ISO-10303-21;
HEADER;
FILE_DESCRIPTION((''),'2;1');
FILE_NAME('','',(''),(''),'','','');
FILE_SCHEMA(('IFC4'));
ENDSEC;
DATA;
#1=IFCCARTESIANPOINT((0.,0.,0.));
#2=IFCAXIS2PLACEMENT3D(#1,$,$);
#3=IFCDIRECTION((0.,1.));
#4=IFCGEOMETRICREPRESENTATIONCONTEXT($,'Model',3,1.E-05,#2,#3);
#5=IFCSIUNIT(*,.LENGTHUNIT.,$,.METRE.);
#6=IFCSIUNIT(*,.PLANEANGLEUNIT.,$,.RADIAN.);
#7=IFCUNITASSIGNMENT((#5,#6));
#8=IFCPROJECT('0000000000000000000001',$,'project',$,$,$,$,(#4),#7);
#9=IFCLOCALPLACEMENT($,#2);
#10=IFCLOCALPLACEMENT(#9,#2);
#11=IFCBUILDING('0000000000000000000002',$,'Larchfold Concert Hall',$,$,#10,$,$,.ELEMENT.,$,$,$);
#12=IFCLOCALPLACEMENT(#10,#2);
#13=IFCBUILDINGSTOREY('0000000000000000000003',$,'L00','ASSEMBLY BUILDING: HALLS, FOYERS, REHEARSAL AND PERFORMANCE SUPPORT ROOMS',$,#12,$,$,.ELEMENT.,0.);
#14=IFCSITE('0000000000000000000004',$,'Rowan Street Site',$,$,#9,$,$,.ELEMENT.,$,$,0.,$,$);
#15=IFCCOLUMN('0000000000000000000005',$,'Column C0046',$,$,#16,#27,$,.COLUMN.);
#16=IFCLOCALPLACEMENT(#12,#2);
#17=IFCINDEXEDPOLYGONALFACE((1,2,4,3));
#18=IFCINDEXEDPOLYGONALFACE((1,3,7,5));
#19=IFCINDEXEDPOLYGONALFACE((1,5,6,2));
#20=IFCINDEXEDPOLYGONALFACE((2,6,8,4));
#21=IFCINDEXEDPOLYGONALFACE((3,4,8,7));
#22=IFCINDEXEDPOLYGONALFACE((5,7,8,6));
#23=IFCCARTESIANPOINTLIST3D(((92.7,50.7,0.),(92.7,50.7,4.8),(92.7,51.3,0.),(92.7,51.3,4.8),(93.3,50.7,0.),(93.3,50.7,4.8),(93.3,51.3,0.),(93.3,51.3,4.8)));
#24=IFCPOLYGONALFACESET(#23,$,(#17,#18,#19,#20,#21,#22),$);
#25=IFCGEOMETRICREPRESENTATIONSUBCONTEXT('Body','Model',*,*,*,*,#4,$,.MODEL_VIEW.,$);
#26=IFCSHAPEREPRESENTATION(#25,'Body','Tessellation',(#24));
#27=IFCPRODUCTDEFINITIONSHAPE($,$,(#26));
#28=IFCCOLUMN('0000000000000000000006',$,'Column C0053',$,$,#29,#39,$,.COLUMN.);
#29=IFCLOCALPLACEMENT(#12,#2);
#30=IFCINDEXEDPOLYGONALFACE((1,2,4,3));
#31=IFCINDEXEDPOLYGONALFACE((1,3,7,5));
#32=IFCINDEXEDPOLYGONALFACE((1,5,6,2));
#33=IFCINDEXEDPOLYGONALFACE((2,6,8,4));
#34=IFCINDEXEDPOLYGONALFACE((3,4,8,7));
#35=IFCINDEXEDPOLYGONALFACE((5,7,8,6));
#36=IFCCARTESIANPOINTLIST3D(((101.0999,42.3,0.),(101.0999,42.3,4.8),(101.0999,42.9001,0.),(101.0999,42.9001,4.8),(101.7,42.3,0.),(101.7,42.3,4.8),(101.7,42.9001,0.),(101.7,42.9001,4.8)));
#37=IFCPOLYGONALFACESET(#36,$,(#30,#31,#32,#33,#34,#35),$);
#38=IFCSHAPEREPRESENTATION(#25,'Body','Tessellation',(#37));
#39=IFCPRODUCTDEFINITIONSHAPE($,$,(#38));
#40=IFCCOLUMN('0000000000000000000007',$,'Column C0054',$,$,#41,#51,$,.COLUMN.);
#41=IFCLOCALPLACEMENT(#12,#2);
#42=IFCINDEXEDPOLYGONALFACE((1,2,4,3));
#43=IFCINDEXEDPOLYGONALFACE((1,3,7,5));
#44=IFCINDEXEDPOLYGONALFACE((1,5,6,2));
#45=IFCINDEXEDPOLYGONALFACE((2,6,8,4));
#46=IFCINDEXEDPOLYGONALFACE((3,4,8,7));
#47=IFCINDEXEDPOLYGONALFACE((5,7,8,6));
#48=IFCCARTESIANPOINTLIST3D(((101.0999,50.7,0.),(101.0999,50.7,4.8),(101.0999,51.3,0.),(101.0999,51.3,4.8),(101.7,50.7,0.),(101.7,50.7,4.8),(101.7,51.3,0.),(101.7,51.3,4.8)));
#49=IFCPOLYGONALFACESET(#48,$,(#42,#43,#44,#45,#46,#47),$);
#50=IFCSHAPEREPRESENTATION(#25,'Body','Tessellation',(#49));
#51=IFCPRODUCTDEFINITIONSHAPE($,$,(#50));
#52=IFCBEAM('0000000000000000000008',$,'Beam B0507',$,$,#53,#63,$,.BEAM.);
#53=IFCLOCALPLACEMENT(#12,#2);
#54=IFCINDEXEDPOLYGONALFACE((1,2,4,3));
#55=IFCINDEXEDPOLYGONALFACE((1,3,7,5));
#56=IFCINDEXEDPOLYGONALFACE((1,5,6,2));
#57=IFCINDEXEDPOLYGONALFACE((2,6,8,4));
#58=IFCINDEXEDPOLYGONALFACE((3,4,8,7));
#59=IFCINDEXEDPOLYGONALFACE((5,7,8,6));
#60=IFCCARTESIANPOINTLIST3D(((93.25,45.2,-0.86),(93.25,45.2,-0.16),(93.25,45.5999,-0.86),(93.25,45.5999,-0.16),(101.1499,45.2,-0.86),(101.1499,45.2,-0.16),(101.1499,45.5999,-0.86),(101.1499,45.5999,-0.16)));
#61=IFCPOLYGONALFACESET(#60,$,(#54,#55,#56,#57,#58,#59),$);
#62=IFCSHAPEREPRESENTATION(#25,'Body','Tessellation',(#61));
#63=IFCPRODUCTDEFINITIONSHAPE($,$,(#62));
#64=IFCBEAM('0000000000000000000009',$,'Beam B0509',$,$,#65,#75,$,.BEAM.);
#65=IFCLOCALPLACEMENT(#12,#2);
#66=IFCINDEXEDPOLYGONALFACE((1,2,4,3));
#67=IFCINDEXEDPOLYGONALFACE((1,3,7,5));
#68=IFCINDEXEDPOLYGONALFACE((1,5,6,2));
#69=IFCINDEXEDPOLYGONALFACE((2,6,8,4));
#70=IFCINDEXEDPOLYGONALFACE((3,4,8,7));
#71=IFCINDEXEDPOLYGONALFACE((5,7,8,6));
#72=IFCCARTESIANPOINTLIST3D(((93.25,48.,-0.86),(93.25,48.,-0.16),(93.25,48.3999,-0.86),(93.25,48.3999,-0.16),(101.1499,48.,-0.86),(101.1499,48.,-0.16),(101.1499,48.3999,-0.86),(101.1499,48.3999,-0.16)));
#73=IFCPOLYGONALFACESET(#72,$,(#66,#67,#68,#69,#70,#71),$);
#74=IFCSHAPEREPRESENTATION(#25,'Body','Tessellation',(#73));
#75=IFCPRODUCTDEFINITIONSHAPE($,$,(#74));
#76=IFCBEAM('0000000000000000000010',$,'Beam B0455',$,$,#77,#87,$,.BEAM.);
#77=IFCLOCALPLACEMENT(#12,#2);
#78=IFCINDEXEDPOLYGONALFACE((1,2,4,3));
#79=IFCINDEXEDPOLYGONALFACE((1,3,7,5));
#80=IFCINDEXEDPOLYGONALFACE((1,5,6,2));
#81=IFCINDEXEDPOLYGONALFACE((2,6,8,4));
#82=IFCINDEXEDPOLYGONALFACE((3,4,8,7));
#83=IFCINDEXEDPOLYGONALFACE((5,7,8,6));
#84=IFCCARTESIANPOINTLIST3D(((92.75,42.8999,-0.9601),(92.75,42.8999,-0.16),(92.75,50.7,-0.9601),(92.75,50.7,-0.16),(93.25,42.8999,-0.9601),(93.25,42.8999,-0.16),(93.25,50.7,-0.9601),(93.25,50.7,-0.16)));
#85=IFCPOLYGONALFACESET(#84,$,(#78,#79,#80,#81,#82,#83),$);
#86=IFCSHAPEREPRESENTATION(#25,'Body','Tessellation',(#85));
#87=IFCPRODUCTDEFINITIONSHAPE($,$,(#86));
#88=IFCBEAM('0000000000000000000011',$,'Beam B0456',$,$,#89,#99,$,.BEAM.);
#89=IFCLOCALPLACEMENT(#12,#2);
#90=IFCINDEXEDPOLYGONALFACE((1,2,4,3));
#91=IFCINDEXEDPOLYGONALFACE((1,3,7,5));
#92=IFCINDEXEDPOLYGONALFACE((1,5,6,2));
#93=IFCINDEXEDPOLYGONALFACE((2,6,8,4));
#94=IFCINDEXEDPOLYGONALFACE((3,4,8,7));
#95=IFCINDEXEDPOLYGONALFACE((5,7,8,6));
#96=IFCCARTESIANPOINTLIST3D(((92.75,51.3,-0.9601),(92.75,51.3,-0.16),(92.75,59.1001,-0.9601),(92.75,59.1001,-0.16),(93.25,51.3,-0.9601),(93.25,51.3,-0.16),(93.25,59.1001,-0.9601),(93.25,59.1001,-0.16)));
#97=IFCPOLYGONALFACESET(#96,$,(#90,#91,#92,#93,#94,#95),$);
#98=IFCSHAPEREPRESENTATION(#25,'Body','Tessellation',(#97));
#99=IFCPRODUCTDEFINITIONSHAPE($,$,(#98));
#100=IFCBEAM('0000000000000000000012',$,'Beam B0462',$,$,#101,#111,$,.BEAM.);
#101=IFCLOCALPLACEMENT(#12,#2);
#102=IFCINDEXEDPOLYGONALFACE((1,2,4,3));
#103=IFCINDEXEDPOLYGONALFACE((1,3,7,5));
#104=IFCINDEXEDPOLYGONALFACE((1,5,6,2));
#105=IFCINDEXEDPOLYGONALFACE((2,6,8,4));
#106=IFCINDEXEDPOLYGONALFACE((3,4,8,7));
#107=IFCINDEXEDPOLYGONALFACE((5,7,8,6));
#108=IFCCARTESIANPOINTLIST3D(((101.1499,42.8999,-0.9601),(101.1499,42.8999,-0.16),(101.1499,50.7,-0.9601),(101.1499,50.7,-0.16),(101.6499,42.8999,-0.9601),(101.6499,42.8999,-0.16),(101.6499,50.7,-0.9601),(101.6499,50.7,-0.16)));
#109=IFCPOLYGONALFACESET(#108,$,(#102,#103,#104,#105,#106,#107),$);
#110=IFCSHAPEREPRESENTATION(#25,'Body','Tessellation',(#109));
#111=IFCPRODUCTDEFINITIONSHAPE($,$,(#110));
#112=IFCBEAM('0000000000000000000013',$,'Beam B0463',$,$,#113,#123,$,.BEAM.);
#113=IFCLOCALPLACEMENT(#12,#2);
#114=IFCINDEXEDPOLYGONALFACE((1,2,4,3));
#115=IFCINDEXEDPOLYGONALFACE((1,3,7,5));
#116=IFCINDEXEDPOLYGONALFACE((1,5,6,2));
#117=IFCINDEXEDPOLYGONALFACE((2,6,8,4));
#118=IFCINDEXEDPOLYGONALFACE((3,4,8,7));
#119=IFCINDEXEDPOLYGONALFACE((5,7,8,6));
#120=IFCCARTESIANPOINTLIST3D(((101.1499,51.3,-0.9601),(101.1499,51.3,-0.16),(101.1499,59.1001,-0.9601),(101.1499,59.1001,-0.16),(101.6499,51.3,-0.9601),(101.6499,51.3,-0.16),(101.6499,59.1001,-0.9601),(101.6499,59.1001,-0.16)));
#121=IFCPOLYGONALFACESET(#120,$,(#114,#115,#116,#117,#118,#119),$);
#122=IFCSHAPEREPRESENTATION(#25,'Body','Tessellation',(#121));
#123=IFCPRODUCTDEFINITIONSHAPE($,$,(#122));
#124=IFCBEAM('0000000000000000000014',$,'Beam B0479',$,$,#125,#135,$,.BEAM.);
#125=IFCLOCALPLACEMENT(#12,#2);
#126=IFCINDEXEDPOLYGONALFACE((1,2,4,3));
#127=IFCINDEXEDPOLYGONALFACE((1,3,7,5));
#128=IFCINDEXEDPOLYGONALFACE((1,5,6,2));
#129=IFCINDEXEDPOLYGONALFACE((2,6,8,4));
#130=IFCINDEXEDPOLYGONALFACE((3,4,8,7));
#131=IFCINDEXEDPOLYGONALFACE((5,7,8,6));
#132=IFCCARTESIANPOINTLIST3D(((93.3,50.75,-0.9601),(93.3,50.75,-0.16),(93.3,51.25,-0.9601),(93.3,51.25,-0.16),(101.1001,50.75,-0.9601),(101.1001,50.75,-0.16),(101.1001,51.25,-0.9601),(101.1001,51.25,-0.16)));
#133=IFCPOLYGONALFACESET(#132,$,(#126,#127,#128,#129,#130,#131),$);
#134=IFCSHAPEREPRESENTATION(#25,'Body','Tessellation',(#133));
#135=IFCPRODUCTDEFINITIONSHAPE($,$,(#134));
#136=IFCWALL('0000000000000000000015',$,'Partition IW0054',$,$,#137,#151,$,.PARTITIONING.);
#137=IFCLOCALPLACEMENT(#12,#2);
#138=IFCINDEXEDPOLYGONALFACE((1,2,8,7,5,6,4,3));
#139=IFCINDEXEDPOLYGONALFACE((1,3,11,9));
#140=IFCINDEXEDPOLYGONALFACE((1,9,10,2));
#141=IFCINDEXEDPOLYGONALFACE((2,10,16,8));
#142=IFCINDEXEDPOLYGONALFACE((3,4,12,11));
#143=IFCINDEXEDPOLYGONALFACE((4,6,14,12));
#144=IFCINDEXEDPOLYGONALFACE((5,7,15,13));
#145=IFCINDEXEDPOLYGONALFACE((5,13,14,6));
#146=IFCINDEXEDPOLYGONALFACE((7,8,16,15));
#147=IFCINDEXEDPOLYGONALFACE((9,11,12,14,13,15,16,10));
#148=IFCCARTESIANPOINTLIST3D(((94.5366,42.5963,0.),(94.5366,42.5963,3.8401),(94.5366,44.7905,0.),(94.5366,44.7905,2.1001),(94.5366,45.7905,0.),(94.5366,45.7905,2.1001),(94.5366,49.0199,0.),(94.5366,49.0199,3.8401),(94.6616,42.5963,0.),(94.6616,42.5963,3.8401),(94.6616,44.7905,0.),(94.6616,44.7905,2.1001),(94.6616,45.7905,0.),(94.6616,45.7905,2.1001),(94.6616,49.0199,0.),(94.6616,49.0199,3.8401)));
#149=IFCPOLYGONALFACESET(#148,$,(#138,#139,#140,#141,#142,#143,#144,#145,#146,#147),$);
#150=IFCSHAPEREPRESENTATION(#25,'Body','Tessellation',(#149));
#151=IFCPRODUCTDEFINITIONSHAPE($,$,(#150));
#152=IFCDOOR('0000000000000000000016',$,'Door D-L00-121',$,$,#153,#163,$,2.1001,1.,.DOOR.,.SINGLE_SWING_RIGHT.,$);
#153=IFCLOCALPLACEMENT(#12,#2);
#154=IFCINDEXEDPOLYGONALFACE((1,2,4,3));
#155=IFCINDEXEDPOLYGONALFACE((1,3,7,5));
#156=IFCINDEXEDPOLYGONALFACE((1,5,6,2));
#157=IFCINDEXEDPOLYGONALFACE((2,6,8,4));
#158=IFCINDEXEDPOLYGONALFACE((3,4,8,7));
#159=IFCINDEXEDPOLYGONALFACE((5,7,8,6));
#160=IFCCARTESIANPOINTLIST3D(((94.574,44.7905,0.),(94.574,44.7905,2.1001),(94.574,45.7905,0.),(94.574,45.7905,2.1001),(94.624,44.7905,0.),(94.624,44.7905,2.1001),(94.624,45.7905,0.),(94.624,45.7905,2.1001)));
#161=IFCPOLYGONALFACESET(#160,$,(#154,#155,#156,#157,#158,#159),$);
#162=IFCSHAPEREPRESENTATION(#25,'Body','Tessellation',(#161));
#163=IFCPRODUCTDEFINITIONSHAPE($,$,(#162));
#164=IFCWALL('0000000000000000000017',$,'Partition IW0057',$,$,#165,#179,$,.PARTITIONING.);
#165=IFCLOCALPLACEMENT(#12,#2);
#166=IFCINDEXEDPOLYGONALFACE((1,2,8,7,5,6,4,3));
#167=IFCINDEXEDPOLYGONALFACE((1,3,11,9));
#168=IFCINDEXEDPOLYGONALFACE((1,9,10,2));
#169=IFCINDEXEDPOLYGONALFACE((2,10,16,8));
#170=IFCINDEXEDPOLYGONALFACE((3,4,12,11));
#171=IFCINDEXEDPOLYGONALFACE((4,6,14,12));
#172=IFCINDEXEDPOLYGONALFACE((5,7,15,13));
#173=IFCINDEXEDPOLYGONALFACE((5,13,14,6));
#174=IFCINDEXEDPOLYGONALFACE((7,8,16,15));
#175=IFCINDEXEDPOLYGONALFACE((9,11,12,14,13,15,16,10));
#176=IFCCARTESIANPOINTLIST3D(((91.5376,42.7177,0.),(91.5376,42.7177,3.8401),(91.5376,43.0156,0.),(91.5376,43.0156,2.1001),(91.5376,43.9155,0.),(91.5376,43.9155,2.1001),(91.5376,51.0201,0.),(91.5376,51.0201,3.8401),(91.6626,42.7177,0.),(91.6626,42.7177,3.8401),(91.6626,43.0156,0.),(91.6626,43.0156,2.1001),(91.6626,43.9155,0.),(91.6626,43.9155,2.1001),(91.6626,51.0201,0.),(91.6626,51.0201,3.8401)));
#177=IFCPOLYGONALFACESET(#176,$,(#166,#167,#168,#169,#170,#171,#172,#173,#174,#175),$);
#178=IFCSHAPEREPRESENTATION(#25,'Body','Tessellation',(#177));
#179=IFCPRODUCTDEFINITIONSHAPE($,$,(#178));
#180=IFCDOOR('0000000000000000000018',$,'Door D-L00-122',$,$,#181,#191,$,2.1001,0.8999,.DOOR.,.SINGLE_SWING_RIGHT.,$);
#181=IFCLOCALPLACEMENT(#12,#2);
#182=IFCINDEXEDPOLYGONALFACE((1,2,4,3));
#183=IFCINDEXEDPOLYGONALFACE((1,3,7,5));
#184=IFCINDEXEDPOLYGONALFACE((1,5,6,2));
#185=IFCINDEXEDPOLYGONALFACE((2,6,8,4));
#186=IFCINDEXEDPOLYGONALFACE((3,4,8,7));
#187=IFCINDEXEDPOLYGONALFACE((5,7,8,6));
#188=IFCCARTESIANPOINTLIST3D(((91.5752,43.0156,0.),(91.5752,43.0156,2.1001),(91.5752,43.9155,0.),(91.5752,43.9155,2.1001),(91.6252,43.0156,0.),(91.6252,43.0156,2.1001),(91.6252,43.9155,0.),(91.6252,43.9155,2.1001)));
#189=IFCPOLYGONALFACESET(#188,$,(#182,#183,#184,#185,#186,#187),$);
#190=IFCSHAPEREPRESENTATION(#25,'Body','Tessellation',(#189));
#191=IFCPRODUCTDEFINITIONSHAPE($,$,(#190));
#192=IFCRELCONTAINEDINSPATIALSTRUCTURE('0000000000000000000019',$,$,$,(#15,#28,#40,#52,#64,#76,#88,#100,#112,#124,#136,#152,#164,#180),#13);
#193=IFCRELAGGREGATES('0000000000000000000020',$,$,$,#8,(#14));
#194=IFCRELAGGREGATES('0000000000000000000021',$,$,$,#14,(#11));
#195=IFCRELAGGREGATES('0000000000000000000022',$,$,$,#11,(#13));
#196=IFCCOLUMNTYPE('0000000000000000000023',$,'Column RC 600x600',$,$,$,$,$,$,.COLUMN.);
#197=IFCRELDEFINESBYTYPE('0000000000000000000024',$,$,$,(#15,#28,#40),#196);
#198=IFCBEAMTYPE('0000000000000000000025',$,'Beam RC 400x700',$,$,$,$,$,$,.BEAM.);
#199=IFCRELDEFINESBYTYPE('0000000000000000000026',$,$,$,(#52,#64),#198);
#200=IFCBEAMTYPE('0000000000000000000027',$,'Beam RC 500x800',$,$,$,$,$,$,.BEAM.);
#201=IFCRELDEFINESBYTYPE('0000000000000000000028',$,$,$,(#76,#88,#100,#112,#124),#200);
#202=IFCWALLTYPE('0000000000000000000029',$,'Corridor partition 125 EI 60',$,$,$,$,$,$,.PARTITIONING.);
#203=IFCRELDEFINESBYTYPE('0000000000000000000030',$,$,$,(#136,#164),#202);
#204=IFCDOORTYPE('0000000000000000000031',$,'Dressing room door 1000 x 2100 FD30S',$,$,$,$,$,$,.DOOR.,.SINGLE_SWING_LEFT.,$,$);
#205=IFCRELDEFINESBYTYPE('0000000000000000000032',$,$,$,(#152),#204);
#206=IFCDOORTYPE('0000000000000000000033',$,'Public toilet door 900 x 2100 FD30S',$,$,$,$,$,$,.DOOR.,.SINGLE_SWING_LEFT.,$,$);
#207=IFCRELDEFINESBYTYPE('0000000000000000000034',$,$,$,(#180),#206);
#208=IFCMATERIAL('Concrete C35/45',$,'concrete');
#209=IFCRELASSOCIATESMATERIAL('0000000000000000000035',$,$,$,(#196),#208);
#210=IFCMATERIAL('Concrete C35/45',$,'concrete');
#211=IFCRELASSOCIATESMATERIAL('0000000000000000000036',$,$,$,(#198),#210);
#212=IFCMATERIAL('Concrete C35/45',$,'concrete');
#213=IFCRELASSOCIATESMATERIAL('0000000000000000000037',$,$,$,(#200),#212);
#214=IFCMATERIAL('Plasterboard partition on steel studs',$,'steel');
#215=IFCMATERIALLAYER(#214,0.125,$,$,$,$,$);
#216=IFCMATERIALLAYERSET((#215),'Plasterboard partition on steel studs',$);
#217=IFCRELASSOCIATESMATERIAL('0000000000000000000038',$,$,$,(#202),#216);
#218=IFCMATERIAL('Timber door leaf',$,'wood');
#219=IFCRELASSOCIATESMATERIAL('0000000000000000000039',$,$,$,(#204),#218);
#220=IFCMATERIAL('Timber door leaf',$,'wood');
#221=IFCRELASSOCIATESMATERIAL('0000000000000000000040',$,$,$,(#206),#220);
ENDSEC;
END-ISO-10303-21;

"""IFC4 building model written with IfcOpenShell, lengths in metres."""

from ifc_helpers import new_model, si_unit, direction, frame, frame_2d, origin, origin_2d, place, context, subcontext, project, spatial, rectangle, extrude, material, layer, layer_set, material_profile, profile_set, type_object, element, fill, save


model = new_model("IFC4")

# Units and contexts
model_context = context("Model", 3, precision=1e-05, world=origin(), true_north=direction((0.0, 1.0)))
body_context = subcontext(model_context, "Body", "Model", "MODEL_VIEW")
ifc_project = project(units=[si_unit("LENGTHUNIT", "METRE"), si_unit("PLANEANGLEUNIT", "RADIAN")], contexts=[model_context])

# Site, building, storey
site_placement = place(None, origin())
site = spatial("IfcSite", under=ifc_project, at=site_placement, Name="Rowan Street Site", CompositionType="ELEMENT", RefElevation=0.0)
building_placement = place(site_placement, origin())
building = spatial("IfcBuilding", under=site, at=building_placement, Name="Larchfold Concert Hall", CompositionType="ELEMENT")
storey_placement = place(building_placement, origin())
storey = spatial("IfcBuildingStorey", under=building, at=storey_placement, Name="L00", Description="ASSEMBLY BUILDING: HALLS, FOYERS, REHEARSAL AND PERFORMANCE SUPPORT ROOMS", CompositionType="ELEMENT", Elevation=0.0)

# Columns
ifc_material_1 = material(Name="Concrete C35/45", Category="concrete")
ifc_material_profile_1 = material_profile(ifc_material_1, rectangle(XDim=0.6001, YDim=0.6001, at=origin_2d()))
ifc_profile_set_1 = profile_set([ifc_material_profile_1], Name="Concrete C35/45")
column_type = type_object("IfcColumnType", Name="Column RC 600x600", PredefinedType="COLUMN", material=ifc_profile_set_1)
for number, where, z_axis, x_axis, name in (
    (1, (93.0, 51.0, 0.0), (0.0, 0.0, 1.0), (1.0, 0.0, 0.0), "Column C0046"),
    (2, (101.3999, 42.6001, 0.0), (0.0, 0.0, 1.0), (1.0, 0.0, 0.0), "Column C0053"),
    (3, (101.3999, 51.0, 0.0), (0.0, 0.0, 1.0), (1.0, 0.0, 0.0), "Column C0054"),
):
    element("IfcColumn", number, at=place(storey_placement, frame(where, z_axis=z_axis, x_axis=x_axis)), inside=storey, type_object=column_type, Name=name, PredefinedType="COLUMN", context=body_context, shape_type="SweptSolid", body=[
        extrude(rectangle(XDim=0.6001, YDim=0.6001, at=origin_2d()), origin(), (0.0, 0.0, 1.0), 4.8),
    ])

# Beams
ifc_material_2 = material(Name="Concrete C35/45", Category="concrete")
ifc_material_profile_2 = material_profile(ifc_material_2, rectangle(XDim=0.3999, YDim=0.7, at=origin_2d()))
ifc_profile_set_2 = profile_set([ifc_material_profile_2], Name="Concrete C35/45")
beam_type_1 = type_object("IfcBeamType", Name="Beam RC 400x700", PredefinedType="BEAM", material=ifc_profile_set_2)
for number, where, z_axis, x_axis, name in (
    (4, (93.25, 45.3999, -0.51), (1.0, 0.0, 0.0), (0.0, 1.0, 0.0), "Beam B0507"),
    (5, (93.25, 48.2, -0.51), (1.0, 0.0, 0.0), (0.0, 1.0, 0.0), "Beam B0509"),
):
    element("IfcBeam", number, at=place(storey_placement, frame(where, z_axis=z_axis, x_axis=x_axis)), inside=storey, type_object=beam_type_1, Name=name, PredefinedType="BEAM", context=body_context, shape_type="SweptSolid", body=[
        extrude(rectangle(XDim=0.3999, YDim=0.7, at=origin_2d()), origin(), (0.0, 0.0, 1.0), 7.8999),
    ])
ifc_material_3 = material(Name="Concrete C35/45", Category="concrete")
ifc_material_profile_3 = material_profile(ifc_material_3, rectangle(XDim=0.5, YDim=0.8, at=origin_2d()))
ifc_profile_set_3 = profile_set([ifc_material_profile_3], Name="Concrete C35/45")
beam_type_2 = type_object("IfcBeamType", Name="Beam RC 500x800", PredefinedType="BEAM", material=ifc_profile_set_3)
for number, where, z_axis, x_axis, name in (
    (6, (93.0, 42.8999, -0.5601), (0.0, 1.0, 0.0), (-1.0, 0.0, 0.0), "Beam B0455"),
    (7, (93.0, 51.3, -0.5601), (0.0, 1.0, 0.0), (-1.0, 0.0, 0.0), "Beam B0456"),
    (8, (101.3999, 42.8999, -0.5601), (0.0, 1.0, 0.0), (-1.0, 0.0, 0.0), "Beam B0462"),
    (9, (101.3999, 51.3, -0.5601), (0.0, 1.0, 0.0), (-1.0, 0.0, 0.0), "Beam B0463"),
    (10, (93.3, 51.0, -0.5601), (1.0, 0.0, 0.0), (0.0, 1.0, 0.0), "Beam B0479"),
):
    element("IfcBeam", number, at=place(storey_placement, frame(where, z_axis=z_axis, x_axis=x_axis)), inside=storey, type_object=beam_type_2, Name=name, PredefinedType="BEAM", context=body_context, shape_type="SweptSolid", body=[
        extrude(rectangle(XDim=0.5, YDim=0.8, at=origin_2d()), origin(), (0.0, 0.0, 1.0), 7.8),
    ])

# Walls, openings, doors
ifc_material_4 = material(Name="Plasterboard partition on steel studs", Category="steel")
ifc_layer_1 = layer(ifc_material_4, 0.125)
ifc_layer_set_1 = layer_set([ifc_layer_1], Name="Plasterboard partition on steel studs")
wall_type_1 = type_object("IfcWallType", Name="Corridor partition 125 EI 60", PredefinedType="PARTITIONING", material=ifc_layer_set_1)
wall_1_placement = place(storey_placement, frame((94.5991, 49.02, 0.0), z_axis=(0.0, 0.0, 1.0), x_axis=(0.0, -1.0, 0.0)))
wall_1 = element("IfcWall", 11, at=wall_1_placement, inside=storey, type_object=wall_type_1, Name="Partition IW0054", PredefinedType="PARTITIONING", context=body_context, shape_type="SweptSolid", body=[
    extrude(rectangle(XDim=6.4236, YDim=0.125, at=frame_2d((3.2119, 0.0))), origin(), (0.0, 0.0, 1.0), 3.8401),
])
opening_1_placement = place(wall_1_placement, frame((3.2295, 0.0, 0.0)))
opening_1 = element("IfcOpeningElement", 12, at=opening_1_placement, cuts=wall_1, PredefinedType="OPENING", context=body_context, shape_type="SweptSolid", body=[
    extrude(rectangle(XDim=1.0, YDim=2.1001, at=frame_2d((0.5, 1.05))), frame((0.0, 0.0725, 0.0), z_axis=(0.0, -1.0, 0.0), x_axis=(1.0, 0.0, 0.0)), (0.0, 0.0, 1.0), 0.145),
])
ifc_material_5 = material(Name="Timber door leaf", Category="wood")
door_type_1 = type_object("IfcDoorType", Name="Dressing room door 1000 x 2100 FD30S", OperationType="SINGLE_SWING_LEFT", PredefinedType="DOOR", material=ifc_material_5)
door_1_placement = place(opening_1_placement, origin())
door_1 = element("IfcDoor", 13, at=door_1_placement, inside=storey, type_object=door_type_1, Name="Door D-L00-121", OperationType="SINGLE_SWING_RIGHT", OverallHeight=2.1001, OverallWidth=1.0, PredefinedType="DOOR", context=body_context, shape_type="SweptSolid", body=[
    extrude(rectangle(XDim=1.0, YDim=2.1001, at=frame_2d((0.5, 1.05))), frame((0.0, 0.0249, 0.0), z_axis=(0.0, -1.0, 0.0), x_axis=(1.0, 0.0, 0.0)), (0.0, 0.0, 1.0), 0.05),
])
fill(opening_1, door_1)
wall_2_placement = place(storey_placement, frame((91.6001, 42.7175, 0.0), z_axis=(0.0, 0.0, 1.0), x_axis=(0.0, 1.0, 0.0)))
wall_2 = element("IfcWall", 14, at=wall_2_placement, inside=storey, type_object=wall_type_1, Name="Partition IW0057", PredefinedType="PARTITIONING", context=body_context, shape_type="SweptSolid", body=[
    extrude(rectangle(XDim=8.3025, YDim=0.125, at=frame_2d((4.1514, 0.0))), origin(), (0.0, 0.0, 1.0), 3.8401),
])
opening_2_placement = place(wall_2_placement, frame((0.2981, 0.0, 0.0)))
opening_2 = element("IfcOpeningElement", 15, at=opening_2_placement, cuts=wall_2, PredefinedType="OPENING", context=body_context, shape_type="SweptSolid", body=[
    extrude(rectangle(XDim=0.8999, YDim=2.1001, at=frame_2d((0.45, 1.05))), frame((0.0, 0.0725, 0.0), z_axis=(0.0, -1.0, 0.0), x_axis=(1.0, 0.0, 0.0)), (0.0, 0.0, 1.0), 0.145),
])
ifc_material_6 = material(Name="Timber door leaf", Category="wood")
door_type_2 = type_object("IfcDoorType", Name="Public toilet door 900 x 2100 FD30S", OperationType="SINGLE_SWING_LEFT", PredefinedType="DOOR", material=ifc_material_6)
door_2_placement = place(opening_2_placement, origin())
door_2 = element("IfcDoor", 16, at=door_2_placement, inside=storey, type_object=door_type_2, Name="Door D-L00-122", OperationType="SINGLE_SWING_RIGHT", OverallHeight=2.1001, OverallWidth=0.8999, PredefinedType="DOOR", context=body_context, shape_type="SweptSolid", body=[
    extrude(rectangle(XDim=0.8999, YDim=2.1001, at=frame_2d((0.45, 1.05))), frame((0.0, 0.0249, 0.0), z_axis=(0.0, -1.0, 0.0), x_axis=(1.0, 0.0, 0.0)), (0.0, 0.0, 1.0), 0.05),
])
fill(opening_2, door_2)

save(model, "model.ifc")
